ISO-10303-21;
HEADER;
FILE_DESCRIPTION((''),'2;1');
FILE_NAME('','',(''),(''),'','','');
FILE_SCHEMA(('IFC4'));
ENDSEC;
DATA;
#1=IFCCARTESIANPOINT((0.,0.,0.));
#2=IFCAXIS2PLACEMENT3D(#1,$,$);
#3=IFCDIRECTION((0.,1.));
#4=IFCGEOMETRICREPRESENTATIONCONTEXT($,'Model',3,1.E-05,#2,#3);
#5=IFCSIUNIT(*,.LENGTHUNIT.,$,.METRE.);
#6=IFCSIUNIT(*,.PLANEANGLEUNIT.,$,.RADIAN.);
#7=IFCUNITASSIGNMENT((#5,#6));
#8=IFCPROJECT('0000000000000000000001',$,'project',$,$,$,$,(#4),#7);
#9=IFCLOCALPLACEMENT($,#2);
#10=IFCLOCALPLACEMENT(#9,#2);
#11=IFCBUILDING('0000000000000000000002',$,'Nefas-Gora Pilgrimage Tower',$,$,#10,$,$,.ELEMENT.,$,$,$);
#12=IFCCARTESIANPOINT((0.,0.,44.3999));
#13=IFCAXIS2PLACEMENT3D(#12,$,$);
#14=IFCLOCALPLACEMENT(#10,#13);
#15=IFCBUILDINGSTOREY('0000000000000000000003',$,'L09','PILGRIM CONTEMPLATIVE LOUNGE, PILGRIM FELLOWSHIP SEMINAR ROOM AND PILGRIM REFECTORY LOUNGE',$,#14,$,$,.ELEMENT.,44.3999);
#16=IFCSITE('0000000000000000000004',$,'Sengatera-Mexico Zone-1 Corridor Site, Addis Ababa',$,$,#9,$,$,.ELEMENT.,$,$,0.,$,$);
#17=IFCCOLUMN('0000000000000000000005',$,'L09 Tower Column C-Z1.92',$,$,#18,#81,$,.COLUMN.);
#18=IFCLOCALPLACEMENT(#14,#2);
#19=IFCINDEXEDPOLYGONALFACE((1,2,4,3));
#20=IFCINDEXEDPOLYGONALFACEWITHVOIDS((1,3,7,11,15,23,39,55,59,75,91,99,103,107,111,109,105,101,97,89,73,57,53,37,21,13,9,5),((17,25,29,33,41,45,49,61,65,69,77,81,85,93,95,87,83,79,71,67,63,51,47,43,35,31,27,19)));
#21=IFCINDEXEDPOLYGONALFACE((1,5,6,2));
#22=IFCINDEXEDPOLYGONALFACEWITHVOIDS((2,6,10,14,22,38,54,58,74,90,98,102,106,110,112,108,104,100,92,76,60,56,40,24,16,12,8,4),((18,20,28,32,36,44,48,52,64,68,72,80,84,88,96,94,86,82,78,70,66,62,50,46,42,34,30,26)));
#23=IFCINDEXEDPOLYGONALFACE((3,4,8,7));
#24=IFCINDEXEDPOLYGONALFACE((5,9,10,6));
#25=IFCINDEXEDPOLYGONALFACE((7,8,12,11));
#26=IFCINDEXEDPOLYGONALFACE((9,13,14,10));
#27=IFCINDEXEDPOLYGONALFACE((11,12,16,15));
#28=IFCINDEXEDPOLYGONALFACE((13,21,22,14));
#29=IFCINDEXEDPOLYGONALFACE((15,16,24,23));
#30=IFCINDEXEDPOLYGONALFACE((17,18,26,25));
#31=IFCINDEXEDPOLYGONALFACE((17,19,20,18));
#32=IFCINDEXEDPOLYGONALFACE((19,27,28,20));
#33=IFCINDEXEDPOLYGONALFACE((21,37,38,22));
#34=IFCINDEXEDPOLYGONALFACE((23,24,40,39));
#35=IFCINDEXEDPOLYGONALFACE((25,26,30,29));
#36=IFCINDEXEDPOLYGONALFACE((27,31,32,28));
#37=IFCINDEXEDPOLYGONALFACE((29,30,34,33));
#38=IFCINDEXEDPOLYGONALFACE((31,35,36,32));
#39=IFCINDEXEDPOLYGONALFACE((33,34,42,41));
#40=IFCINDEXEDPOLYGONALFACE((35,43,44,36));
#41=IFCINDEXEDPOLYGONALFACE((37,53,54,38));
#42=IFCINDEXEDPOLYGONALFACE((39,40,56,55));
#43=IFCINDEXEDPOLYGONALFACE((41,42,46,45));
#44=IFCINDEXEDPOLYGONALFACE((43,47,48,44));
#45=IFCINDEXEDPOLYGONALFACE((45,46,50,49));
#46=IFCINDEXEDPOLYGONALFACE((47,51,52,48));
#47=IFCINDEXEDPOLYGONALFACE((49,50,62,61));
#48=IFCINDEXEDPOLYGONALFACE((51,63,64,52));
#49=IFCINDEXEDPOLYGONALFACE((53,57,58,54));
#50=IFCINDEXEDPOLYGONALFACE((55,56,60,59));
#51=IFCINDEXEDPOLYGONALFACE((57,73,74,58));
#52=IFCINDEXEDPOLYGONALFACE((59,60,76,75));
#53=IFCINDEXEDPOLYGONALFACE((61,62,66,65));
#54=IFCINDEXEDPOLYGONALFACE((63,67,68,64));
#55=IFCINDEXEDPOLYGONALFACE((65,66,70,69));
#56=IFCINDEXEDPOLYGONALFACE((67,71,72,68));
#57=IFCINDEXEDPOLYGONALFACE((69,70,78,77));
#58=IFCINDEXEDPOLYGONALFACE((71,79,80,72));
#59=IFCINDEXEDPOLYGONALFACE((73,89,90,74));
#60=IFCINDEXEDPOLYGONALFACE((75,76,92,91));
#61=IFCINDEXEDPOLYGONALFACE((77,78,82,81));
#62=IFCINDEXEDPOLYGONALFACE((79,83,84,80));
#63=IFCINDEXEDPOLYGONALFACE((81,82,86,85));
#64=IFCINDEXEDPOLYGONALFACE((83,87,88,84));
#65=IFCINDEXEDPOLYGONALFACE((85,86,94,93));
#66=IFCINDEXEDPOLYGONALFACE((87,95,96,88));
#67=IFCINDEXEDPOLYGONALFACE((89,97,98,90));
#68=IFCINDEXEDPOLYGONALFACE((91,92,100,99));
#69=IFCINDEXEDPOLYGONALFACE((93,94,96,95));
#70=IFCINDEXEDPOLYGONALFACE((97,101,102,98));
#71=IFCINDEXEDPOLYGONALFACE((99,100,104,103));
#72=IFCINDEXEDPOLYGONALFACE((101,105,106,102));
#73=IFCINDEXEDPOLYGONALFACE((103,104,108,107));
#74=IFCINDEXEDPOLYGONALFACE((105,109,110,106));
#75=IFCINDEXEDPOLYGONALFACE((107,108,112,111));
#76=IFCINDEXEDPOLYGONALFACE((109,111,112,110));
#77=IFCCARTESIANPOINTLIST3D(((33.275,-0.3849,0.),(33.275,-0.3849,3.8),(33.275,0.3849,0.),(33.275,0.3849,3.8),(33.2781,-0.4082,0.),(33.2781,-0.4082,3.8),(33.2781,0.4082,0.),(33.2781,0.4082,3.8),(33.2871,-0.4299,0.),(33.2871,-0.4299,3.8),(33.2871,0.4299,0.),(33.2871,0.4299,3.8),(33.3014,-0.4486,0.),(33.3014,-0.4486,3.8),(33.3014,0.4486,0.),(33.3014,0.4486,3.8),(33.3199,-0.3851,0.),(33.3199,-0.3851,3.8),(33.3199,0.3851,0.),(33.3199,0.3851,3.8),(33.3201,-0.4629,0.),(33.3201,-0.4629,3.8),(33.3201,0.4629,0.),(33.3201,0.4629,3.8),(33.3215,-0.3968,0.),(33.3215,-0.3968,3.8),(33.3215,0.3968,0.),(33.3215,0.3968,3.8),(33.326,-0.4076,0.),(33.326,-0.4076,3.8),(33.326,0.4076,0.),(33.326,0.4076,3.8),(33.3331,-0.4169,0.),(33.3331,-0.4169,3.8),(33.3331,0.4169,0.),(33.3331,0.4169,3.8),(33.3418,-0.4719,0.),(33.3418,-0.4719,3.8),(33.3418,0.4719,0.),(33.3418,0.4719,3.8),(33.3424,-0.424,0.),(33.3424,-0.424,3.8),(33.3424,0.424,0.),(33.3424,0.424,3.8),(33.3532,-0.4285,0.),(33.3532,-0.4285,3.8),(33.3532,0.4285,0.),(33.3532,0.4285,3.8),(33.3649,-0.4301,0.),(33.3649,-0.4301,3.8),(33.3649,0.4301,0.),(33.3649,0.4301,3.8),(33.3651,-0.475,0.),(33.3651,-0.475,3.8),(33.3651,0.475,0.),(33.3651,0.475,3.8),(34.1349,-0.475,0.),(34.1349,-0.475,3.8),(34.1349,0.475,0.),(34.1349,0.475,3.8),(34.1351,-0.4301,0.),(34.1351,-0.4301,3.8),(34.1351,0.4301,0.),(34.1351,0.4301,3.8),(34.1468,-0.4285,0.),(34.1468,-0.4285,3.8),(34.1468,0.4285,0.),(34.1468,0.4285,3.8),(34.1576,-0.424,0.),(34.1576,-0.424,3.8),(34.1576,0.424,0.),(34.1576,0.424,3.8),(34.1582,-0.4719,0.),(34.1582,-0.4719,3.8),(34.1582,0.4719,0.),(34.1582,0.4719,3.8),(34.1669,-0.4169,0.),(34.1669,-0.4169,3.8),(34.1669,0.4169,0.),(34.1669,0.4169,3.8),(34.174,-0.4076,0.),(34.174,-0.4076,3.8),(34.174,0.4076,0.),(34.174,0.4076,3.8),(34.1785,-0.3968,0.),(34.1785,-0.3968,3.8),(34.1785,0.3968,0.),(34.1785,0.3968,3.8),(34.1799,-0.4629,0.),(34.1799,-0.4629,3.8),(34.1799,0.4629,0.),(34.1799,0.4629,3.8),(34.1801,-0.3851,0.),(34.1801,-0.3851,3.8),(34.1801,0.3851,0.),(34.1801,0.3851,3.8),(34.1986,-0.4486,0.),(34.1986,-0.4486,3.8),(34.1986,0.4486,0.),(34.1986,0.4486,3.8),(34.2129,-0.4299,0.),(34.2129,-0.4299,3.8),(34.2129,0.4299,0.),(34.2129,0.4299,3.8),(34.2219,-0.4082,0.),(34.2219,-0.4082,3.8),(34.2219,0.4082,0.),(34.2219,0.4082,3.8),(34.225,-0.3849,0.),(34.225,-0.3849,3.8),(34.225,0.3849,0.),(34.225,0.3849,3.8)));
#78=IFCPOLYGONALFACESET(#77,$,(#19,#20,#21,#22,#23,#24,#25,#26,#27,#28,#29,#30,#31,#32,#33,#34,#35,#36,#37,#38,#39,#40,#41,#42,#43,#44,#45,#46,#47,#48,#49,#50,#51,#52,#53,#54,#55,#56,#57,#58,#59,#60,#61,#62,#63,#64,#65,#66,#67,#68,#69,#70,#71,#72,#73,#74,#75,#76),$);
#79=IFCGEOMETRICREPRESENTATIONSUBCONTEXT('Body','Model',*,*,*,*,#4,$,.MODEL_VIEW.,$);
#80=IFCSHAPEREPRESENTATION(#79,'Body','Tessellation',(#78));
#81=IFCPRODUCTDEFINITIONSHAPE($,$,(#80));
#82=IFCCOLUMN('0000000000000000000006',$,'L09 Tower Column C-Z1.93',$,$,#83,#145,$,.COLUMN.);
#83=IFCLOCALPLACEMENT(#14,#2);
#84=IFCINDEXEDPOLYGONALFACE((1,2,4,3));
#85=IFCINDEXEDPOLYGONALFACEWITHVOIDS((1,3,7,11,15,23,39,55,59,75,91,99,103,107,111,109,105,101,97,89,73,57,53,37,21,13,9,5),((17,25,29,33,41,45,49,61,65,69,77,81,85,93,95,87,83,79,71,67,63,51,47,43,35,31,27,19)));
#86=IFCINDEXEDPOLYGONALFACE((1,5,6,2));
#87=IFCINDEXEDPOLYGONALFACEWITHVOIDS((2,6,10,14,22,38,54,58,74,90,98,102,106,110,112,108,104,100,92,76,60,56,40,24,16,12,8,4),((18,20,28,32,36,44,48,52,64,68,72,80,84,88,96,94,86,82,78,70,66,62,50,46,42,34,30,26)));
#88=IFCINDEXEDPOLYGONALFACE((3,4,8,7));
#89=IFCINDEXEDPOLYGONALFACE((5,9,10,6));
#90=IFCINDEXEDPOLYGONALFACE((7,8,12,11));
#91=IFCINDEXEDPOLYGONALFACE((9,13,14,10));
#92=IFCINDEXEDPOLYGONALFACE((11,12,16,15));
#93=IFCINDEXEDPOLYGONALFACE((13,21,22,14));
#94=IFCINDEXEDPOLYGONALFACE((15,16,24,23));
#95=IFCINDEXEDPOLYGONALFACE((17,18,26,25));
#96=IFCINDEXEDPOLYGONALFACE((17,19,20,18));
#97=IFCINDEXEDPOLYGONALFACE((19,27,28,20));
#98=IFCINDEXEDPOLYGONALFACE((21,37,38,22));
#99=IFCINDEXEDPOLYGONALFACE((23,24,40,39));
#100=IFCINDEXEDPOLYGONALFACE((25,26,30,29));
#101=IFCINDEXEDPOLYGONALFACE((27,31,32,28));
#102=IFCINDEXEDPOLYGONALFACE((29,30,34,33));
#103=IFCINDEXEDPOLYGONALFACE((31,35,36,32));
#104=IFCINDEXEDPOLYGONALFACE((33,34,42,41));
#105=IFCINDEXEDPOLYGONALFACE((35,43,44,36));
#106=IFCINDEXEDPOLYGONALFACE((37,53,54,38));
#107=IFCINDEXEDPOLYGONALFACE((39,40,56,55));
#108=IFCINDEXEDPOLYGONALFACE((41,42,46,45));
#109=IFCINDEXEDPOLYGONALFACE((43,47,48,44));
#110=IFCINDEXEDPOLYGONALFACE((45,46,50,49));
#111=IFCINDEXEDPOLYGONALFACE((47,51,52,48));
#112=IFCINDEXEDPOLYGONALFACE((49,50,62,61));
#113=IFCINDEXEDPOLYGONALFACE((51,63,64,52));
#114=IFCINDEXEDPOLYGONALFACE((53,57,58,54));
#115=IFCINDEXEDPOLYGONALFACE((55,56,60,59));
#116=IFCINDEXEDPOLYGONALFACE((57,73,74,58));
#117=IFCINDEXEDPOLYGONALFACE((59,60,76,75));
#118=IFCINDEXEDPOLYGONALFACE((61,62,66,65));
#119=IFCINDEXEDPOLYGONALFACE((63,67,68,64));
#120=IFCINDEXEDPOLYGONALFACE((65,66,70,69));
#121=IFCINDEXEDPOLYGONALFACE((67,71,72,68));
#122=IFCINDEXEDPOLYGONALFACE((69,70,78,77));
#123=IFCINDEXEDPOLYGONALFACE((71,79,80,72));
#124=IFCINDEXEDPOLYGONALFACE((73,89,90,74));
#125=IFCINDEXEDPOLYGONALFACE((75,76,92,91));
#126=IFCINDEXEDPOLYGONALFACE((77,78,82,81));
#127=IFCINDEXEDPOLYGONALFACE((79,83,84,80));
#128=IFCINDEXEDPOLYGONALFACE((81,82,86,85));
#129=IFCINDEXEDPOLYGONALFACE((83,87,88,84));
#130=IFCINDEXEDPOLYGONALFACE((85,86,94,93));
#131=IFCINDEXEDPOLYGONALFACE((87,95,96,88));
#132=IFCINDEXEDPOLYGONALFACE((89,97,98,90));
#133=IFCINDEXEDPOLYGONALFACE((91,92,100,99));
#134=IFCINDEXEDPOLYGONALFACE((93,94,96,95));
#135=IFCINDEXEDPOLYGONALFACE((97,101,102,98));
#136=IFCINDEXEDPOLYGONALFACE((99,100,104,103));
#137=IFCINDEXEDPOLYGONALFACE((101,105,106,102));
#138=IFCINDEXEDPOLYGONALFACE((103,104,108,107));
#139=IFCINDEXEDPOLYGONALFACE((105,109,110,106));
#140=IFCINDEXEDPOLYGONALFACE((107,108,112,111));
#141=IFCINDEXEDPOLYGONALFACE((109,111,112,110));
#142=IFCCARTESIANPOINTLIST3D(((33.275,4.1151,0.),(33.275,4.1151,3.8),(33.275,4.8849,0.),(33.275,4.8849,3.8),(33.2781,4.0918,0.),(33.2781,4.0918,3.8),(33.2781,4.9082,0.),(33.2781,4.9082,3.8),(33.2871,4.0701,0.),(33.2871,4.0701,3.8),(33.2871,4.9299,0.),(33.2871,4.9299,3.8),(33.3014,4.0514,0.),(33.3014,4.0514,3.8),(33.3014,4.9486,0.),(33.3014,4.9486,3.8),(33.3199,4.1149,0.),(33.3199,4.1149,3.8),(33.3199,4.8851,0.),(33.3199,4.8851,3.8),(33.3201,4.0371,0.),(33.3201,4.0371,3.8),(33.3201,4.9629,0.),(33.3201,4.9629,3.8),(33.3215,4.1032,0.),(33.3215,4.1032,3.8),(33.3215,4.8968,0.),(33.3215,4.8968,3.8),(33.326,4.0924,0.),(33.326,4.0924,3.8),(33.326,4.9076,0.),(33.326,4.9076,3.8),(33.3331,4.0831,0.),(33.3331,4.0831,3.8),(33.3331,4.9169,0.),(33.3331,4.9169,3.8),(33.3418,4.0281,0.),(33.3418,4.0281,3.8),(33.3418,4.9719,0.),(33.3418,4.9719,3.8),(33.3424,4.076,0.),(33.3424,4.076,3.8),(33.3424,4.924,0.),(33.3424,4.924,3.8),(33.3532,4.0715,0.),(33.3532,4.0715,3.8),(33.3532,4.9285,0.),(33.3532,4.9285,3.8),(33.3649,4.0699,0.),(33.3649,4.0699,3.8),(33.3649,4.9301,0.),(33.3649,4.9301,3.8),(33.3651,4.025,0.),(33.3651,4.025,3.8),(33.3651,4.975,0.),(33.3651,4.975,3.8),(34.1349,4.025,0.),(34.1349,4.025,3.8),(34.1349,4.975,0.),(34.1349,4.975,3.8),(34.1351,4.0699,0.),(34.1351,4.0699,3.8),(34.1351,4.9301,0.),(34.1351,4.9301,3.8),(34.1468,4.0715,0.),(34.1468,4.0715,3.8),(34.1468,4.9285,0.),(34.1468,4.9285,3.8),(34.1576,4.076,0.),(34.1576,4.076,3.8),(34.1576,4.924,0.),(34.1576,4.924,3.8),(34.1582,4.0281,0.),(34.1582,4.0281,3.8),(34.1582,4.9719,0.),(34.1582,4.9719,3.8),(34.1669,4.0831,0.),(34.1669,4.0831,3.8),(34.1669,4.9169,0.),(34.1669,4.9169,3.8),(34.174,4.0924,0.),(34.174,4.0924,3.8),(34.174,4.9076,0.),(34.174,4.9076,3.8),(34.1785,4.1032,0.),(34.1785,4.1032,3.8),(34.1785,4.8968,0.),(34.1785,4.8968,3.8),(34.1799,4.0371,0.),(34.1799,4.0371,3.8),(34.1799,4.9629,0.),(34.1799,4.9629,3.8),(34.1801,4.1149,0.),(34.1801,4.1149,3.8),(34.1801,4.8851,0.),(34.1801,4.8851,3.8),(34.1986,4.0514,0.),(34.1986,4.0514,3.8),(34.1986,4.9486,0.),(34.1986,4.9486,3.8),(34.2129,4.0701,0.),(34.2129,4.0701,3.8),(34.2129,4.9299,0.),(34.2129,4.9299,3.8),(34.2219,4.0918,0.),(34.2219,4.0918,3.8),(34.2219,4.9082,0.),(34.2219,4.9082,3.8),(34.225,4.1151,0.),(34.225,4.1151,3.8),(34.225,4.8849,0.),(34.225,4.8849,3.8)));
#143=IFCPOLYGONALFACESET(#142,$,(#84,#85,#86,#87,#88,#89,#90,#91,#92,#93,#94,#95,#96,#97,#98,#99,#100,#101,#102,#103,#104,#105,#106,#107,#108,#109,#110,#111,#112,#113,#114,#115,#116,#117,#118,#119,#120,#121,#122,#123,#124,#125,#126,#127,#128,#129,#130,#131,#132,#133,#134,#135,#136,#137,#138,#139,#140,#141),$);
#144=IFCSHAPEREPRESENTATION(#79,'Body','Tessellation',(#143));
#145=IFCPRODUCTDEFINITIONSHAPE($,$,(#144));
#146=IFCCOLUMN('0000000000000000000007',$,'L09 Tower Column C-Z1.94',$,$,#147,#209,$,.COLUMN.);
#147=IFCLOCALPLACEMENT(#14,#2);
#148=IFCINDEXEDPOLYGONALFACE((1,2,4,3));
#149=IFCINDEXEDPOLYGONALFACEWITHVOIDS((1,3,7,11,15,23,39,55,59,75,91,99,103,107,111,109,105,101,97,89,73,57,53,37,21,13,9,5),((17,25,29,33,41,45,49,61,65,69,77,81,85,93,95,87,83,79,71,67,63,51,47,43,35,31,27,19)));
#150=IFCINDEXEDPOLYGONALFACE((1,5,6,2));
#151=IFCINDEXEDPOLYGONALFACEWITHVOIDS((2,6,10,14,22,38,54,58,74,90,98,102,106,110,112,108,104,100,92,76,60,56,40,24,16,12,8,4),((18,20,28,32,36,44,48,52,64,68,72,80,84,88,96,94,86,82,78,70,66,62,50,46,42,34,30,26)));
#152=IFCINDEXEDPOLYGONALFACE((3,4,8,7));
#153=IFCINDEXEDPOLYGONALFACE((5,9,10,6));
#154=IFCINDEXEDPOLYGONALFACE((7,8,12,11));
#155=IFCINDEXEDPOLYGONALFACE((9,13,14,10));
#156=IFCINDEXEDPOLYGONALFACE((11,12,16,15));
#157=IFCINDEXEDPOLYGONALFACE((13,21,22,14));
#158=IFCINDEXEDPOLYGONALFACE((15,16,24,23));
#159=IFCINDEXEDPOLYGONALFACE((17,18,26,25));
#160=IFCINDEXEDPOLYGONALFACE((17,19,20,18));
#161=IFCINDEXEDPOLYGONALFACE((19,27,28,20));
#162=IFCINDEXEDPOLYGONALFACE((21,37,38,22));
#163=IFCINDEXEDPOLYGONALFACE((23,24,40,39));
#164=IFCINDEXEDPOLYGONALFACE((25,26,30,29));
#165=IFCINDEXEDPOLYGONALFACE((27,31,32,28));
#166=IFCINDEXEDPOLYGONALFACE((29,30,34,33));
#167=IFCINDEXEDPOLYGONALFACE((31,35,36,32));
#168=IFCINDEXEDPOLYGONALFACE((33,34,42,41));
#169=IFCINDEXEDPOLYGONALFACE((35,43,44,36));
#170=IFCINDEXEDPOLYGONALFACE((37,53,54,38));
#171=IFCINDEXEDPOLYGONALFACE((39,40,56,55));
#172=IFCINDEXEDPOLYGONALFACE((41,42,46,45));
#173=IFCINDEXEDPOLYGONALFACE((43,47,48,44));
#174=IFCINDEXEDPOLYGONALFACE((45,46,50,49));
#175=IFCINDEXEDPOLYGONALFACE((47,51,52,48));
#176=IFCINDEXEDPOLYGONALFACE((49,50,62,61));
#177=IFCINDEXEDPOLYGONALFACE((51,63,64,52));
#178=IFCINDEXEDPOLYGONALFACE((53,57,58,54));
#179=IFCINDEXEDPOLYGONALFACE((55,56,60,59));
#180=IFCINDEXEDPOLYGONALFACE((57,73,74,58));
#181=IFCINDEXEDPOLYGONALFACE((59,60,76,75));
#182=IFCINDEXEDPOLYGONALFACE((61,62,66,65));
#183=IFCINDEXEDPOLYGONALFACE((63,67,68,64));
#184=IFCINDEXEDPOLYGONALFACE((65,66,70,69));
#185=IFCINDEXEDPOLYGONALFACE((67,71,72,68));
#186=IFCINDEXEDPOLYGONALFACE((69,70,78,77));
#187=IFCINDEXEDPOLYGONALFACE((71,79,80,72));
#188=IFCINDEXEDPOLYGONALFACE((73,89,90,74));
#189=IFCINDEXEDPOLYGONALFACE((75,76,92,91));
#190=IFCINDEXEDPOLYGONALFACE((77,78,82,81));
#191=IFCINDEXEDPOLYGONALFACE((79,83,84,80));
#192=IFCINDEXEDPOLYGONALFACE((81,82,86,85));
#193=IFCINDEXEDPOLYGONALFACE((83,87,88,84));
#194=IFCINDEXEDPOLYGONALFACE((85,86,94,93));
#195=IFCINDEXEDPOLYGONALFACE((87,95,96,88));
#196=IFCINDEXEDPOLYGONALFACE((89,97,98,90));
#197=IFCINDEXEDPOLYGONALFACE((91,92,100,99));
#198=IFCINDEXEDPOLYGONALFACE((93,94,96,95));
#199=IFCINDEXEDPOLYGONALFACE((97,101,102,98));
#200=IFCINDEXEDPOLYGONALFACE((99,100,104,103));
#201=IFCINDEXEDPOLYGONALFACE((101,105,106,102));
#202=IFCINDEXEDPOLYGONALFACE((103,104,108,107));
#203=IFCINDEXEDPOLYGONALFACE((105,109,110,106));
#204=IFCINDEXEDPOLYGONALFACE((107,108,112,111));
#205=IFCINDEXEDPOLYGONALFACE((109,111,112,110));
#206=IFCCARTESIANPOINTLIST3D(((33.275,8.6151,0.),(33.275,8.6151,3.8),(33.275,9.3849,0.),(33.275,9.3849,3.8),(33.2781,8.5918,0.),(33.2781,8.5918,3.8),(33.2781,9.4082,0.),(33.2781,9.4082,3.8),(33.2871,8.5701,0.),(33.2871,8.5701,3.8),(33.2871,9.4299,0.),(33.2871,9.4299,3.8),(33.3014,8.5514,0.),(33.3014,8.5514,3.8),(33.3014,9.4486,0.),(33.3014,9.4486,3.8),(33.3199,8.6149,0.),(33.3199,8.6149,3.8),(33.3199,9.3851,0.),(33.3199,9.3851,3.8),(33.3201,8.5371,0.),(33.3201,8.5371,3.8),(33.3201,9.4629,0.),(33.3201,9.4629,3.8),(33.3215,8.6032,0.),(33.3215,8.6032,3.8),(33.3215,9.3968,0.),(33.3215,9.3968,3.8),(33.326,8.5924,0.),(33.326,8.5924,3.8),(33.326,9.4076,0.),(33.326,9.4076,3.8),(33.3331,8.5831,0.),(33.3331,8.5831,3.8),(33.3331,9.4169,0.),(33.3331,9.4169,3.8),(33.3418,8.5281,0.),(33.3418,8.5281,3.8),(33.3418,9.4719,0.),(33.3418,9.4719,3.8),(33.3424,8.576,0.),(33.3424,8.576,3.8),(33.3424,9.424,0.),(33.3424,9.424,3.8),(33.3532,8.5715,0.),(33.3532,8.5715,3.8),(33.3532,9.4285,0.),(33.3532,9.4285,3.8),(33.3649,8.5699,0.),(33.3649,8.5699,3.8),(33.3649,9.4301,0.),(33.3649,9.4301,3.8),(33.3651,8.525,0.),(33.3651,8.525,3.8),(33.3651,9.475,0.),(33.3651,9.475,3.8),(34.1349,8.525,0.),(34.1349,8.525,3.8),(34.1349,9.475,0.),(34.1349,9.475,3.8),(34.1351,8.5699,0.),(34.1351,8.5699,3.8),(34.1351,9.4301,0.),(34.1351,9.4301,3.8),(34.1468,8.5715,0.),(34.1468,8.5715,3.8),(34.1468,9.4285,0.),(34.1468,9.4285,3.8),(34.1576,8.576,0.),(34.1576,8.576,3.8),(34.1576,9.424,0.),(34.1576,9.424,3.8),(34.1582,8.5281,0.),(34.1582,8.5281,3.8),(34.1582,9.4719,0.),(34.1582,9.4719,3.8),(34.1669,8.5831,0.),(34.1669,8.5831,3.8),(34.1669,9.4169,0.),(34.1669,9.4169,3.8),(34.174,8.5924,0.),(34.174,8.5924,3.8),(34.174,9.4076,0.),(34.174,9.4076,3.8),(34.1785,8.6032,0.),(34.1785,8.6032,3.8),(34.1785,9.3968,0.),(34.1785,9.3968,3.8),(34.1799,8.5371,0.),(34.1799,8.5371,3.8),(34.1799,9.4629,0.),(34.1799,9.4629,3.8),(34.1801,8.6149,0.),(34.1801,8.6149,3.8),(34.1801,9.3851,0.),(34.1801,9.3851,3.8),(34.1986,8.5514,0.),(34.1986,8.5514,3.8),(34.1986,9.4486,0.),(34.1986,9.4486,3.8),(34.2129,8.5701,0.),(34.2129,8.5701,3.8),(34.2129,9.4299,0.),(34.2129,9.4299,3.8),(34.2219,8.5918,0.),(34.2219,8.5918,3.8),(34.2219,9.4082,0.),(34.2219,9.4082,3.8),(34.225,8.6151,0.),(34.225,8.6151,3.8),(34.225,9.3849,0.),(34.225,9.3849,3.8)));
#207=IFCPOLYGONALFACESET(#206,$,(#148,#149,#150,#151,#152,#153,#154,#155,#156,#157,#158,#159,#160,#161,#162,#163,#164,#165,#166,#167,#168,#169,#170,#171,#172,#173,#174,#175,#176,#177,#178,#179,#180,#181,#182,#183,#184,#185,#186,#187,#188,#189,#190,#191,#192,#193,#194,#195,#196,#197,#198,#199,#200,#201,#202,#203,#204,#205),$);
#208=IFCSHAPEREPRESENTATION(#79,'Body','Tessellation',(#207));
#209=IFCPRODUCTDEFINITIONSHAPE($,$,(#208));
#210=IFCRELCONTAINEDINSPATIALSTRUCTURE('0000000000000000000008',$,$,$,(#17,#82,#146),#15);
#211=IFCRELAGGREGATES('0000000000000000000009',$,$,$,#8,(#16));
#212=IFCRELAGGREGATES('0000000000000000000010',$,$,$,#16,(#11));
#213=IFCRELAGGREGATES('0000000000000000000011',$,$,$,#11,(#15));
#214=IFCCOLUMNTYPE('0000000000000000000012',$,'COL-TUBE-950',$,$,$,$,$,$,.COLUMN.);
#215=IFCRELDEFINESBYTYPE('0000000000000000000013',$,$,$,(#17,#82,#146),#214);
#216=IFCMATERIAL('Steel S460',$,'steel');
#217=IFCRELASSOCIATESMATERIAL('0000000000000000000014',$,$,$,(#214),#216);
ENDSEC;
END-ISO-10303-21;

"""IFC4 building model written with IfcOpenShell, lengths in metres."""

from ifc_helpers import new_model, si_unit, direction, frame, origin, origin_2d, place, context, subcontext, project, spatial, hollow_rectangle, extrude, source, transform, mapped, material, material_profile, profile_set, type_object, element, save


model = new_model("IFC4")

# Units and contexts
model_context = context("Model", 3, precision=1e-05, world=origin(), true_north=direction((0.0, 1.0)))
body_context = subcontext(model_context, "Body", "Model", "MODEL_VIEW")
ifc_project = project(units=[si_unit("LENGTHUNIT", "METRE"), si_unit("PLANEANGLEUNIT", "RADIAN")], contexts=[model_context])

# Site, building, storey
site_placement = place(None, origin())
site = spatial("IfcSite", under=ifc_project, at=site_placement, Name="Sengatera-Mexico Zone-1 Corridor Site, Addis Ababa", CompositionType="ELEMENT", RefElevation=0.0)
building_placement = place(site_placement, origin())
building = spatial("IfcBuilding", under=site, at=building_placement, Name="Nefas-Gora Pilgrimage Tower", CompositionType="ELEMENT")
storey_placement = place(building_placement, frame((0.0, 0.0, 44.3999)))
storey = spatial("IfcBuildingStorey", under=building, at=storey_placement, Name="L09", Description="PILGRIM CONTEMPLATIVE LOUNGE, PILGRIM FELLOWSHIP SEMINAR ROOM AND PILGRIM REFECTORY LOUNGE", CompositionType="ELEMENT", Elevation=44.3999)

# Columns
ifc_material_1 = material(Name="Steel S460", Category="steel")
ifc_material_profile_1 = material_profile(ifc_material_1, hollow_rectangle(XDim=0.95, YDim=0.95, WallThickness=0.0449, InnerFilletRadius=0.0449, OuterFilletRadius=0.0901, at=origin_2d()), Name="BOX 950x950x45")
ifc_profile_set_1 = profile_set([ifc_material_profile_1], Name="Steel S460")
column_type_1 = type_object("IfcColumnType", Name="COL-TUBE-950", PredefinedType="COLUMN", material=ifc_profile_set_1)
shared_shape_1 = source(origin(), body_context, "Body", "SweptSolid", [
    extrude(hollow_rectangle(XDim=0.95, YDim=0.95, WallThickness=0.0449, InnerFilletRadius=0.0449, OuterFilletRadius=0.0901, at=origin_2d()), origin(), (0.0, 0.0, 1.0), 3.8),
])
for number, where, z_axis, x_axis, name in (
    (1, (33.75, 0.0, 0.0), (0.0, 0.0, 1.0), (1.0, 0.0, 0.0), "L09 Tower Column C-Z1.92"),
    (2, (33.75, 4.5, 0.0), (0.0, 0.0, 1.0), (1.0, 0.0, 0.0), "L09 Tower Column C-Z1.93"),
    (3, (33.75, 9.0, 0.0), (0.0, 0.0, 1.0), (1.0, 0.0, 0.0), "L09 Tower Column C-Z1.94"),
):
    element("IfcColumn", number, at=place(storey_placement, frame(where, z_axis=z_axis, x_axis=x_axis)), inside=storey, type_object=column_type_1, Name=name, PredefinedType="COLUMN", context=body_context, shape_type="MappedRepresentation", body=[
        mapped(shared_shape_1, transform((0.0, 0.0, 0.0), x_axis=(1.0, 0.0, 0.0), y_axis=(0.0, 1.0, 0.0), z_axis=(0.0, 0.0, 1.0), scale=1.0)),
    ])

save(model, "model.ifc")
